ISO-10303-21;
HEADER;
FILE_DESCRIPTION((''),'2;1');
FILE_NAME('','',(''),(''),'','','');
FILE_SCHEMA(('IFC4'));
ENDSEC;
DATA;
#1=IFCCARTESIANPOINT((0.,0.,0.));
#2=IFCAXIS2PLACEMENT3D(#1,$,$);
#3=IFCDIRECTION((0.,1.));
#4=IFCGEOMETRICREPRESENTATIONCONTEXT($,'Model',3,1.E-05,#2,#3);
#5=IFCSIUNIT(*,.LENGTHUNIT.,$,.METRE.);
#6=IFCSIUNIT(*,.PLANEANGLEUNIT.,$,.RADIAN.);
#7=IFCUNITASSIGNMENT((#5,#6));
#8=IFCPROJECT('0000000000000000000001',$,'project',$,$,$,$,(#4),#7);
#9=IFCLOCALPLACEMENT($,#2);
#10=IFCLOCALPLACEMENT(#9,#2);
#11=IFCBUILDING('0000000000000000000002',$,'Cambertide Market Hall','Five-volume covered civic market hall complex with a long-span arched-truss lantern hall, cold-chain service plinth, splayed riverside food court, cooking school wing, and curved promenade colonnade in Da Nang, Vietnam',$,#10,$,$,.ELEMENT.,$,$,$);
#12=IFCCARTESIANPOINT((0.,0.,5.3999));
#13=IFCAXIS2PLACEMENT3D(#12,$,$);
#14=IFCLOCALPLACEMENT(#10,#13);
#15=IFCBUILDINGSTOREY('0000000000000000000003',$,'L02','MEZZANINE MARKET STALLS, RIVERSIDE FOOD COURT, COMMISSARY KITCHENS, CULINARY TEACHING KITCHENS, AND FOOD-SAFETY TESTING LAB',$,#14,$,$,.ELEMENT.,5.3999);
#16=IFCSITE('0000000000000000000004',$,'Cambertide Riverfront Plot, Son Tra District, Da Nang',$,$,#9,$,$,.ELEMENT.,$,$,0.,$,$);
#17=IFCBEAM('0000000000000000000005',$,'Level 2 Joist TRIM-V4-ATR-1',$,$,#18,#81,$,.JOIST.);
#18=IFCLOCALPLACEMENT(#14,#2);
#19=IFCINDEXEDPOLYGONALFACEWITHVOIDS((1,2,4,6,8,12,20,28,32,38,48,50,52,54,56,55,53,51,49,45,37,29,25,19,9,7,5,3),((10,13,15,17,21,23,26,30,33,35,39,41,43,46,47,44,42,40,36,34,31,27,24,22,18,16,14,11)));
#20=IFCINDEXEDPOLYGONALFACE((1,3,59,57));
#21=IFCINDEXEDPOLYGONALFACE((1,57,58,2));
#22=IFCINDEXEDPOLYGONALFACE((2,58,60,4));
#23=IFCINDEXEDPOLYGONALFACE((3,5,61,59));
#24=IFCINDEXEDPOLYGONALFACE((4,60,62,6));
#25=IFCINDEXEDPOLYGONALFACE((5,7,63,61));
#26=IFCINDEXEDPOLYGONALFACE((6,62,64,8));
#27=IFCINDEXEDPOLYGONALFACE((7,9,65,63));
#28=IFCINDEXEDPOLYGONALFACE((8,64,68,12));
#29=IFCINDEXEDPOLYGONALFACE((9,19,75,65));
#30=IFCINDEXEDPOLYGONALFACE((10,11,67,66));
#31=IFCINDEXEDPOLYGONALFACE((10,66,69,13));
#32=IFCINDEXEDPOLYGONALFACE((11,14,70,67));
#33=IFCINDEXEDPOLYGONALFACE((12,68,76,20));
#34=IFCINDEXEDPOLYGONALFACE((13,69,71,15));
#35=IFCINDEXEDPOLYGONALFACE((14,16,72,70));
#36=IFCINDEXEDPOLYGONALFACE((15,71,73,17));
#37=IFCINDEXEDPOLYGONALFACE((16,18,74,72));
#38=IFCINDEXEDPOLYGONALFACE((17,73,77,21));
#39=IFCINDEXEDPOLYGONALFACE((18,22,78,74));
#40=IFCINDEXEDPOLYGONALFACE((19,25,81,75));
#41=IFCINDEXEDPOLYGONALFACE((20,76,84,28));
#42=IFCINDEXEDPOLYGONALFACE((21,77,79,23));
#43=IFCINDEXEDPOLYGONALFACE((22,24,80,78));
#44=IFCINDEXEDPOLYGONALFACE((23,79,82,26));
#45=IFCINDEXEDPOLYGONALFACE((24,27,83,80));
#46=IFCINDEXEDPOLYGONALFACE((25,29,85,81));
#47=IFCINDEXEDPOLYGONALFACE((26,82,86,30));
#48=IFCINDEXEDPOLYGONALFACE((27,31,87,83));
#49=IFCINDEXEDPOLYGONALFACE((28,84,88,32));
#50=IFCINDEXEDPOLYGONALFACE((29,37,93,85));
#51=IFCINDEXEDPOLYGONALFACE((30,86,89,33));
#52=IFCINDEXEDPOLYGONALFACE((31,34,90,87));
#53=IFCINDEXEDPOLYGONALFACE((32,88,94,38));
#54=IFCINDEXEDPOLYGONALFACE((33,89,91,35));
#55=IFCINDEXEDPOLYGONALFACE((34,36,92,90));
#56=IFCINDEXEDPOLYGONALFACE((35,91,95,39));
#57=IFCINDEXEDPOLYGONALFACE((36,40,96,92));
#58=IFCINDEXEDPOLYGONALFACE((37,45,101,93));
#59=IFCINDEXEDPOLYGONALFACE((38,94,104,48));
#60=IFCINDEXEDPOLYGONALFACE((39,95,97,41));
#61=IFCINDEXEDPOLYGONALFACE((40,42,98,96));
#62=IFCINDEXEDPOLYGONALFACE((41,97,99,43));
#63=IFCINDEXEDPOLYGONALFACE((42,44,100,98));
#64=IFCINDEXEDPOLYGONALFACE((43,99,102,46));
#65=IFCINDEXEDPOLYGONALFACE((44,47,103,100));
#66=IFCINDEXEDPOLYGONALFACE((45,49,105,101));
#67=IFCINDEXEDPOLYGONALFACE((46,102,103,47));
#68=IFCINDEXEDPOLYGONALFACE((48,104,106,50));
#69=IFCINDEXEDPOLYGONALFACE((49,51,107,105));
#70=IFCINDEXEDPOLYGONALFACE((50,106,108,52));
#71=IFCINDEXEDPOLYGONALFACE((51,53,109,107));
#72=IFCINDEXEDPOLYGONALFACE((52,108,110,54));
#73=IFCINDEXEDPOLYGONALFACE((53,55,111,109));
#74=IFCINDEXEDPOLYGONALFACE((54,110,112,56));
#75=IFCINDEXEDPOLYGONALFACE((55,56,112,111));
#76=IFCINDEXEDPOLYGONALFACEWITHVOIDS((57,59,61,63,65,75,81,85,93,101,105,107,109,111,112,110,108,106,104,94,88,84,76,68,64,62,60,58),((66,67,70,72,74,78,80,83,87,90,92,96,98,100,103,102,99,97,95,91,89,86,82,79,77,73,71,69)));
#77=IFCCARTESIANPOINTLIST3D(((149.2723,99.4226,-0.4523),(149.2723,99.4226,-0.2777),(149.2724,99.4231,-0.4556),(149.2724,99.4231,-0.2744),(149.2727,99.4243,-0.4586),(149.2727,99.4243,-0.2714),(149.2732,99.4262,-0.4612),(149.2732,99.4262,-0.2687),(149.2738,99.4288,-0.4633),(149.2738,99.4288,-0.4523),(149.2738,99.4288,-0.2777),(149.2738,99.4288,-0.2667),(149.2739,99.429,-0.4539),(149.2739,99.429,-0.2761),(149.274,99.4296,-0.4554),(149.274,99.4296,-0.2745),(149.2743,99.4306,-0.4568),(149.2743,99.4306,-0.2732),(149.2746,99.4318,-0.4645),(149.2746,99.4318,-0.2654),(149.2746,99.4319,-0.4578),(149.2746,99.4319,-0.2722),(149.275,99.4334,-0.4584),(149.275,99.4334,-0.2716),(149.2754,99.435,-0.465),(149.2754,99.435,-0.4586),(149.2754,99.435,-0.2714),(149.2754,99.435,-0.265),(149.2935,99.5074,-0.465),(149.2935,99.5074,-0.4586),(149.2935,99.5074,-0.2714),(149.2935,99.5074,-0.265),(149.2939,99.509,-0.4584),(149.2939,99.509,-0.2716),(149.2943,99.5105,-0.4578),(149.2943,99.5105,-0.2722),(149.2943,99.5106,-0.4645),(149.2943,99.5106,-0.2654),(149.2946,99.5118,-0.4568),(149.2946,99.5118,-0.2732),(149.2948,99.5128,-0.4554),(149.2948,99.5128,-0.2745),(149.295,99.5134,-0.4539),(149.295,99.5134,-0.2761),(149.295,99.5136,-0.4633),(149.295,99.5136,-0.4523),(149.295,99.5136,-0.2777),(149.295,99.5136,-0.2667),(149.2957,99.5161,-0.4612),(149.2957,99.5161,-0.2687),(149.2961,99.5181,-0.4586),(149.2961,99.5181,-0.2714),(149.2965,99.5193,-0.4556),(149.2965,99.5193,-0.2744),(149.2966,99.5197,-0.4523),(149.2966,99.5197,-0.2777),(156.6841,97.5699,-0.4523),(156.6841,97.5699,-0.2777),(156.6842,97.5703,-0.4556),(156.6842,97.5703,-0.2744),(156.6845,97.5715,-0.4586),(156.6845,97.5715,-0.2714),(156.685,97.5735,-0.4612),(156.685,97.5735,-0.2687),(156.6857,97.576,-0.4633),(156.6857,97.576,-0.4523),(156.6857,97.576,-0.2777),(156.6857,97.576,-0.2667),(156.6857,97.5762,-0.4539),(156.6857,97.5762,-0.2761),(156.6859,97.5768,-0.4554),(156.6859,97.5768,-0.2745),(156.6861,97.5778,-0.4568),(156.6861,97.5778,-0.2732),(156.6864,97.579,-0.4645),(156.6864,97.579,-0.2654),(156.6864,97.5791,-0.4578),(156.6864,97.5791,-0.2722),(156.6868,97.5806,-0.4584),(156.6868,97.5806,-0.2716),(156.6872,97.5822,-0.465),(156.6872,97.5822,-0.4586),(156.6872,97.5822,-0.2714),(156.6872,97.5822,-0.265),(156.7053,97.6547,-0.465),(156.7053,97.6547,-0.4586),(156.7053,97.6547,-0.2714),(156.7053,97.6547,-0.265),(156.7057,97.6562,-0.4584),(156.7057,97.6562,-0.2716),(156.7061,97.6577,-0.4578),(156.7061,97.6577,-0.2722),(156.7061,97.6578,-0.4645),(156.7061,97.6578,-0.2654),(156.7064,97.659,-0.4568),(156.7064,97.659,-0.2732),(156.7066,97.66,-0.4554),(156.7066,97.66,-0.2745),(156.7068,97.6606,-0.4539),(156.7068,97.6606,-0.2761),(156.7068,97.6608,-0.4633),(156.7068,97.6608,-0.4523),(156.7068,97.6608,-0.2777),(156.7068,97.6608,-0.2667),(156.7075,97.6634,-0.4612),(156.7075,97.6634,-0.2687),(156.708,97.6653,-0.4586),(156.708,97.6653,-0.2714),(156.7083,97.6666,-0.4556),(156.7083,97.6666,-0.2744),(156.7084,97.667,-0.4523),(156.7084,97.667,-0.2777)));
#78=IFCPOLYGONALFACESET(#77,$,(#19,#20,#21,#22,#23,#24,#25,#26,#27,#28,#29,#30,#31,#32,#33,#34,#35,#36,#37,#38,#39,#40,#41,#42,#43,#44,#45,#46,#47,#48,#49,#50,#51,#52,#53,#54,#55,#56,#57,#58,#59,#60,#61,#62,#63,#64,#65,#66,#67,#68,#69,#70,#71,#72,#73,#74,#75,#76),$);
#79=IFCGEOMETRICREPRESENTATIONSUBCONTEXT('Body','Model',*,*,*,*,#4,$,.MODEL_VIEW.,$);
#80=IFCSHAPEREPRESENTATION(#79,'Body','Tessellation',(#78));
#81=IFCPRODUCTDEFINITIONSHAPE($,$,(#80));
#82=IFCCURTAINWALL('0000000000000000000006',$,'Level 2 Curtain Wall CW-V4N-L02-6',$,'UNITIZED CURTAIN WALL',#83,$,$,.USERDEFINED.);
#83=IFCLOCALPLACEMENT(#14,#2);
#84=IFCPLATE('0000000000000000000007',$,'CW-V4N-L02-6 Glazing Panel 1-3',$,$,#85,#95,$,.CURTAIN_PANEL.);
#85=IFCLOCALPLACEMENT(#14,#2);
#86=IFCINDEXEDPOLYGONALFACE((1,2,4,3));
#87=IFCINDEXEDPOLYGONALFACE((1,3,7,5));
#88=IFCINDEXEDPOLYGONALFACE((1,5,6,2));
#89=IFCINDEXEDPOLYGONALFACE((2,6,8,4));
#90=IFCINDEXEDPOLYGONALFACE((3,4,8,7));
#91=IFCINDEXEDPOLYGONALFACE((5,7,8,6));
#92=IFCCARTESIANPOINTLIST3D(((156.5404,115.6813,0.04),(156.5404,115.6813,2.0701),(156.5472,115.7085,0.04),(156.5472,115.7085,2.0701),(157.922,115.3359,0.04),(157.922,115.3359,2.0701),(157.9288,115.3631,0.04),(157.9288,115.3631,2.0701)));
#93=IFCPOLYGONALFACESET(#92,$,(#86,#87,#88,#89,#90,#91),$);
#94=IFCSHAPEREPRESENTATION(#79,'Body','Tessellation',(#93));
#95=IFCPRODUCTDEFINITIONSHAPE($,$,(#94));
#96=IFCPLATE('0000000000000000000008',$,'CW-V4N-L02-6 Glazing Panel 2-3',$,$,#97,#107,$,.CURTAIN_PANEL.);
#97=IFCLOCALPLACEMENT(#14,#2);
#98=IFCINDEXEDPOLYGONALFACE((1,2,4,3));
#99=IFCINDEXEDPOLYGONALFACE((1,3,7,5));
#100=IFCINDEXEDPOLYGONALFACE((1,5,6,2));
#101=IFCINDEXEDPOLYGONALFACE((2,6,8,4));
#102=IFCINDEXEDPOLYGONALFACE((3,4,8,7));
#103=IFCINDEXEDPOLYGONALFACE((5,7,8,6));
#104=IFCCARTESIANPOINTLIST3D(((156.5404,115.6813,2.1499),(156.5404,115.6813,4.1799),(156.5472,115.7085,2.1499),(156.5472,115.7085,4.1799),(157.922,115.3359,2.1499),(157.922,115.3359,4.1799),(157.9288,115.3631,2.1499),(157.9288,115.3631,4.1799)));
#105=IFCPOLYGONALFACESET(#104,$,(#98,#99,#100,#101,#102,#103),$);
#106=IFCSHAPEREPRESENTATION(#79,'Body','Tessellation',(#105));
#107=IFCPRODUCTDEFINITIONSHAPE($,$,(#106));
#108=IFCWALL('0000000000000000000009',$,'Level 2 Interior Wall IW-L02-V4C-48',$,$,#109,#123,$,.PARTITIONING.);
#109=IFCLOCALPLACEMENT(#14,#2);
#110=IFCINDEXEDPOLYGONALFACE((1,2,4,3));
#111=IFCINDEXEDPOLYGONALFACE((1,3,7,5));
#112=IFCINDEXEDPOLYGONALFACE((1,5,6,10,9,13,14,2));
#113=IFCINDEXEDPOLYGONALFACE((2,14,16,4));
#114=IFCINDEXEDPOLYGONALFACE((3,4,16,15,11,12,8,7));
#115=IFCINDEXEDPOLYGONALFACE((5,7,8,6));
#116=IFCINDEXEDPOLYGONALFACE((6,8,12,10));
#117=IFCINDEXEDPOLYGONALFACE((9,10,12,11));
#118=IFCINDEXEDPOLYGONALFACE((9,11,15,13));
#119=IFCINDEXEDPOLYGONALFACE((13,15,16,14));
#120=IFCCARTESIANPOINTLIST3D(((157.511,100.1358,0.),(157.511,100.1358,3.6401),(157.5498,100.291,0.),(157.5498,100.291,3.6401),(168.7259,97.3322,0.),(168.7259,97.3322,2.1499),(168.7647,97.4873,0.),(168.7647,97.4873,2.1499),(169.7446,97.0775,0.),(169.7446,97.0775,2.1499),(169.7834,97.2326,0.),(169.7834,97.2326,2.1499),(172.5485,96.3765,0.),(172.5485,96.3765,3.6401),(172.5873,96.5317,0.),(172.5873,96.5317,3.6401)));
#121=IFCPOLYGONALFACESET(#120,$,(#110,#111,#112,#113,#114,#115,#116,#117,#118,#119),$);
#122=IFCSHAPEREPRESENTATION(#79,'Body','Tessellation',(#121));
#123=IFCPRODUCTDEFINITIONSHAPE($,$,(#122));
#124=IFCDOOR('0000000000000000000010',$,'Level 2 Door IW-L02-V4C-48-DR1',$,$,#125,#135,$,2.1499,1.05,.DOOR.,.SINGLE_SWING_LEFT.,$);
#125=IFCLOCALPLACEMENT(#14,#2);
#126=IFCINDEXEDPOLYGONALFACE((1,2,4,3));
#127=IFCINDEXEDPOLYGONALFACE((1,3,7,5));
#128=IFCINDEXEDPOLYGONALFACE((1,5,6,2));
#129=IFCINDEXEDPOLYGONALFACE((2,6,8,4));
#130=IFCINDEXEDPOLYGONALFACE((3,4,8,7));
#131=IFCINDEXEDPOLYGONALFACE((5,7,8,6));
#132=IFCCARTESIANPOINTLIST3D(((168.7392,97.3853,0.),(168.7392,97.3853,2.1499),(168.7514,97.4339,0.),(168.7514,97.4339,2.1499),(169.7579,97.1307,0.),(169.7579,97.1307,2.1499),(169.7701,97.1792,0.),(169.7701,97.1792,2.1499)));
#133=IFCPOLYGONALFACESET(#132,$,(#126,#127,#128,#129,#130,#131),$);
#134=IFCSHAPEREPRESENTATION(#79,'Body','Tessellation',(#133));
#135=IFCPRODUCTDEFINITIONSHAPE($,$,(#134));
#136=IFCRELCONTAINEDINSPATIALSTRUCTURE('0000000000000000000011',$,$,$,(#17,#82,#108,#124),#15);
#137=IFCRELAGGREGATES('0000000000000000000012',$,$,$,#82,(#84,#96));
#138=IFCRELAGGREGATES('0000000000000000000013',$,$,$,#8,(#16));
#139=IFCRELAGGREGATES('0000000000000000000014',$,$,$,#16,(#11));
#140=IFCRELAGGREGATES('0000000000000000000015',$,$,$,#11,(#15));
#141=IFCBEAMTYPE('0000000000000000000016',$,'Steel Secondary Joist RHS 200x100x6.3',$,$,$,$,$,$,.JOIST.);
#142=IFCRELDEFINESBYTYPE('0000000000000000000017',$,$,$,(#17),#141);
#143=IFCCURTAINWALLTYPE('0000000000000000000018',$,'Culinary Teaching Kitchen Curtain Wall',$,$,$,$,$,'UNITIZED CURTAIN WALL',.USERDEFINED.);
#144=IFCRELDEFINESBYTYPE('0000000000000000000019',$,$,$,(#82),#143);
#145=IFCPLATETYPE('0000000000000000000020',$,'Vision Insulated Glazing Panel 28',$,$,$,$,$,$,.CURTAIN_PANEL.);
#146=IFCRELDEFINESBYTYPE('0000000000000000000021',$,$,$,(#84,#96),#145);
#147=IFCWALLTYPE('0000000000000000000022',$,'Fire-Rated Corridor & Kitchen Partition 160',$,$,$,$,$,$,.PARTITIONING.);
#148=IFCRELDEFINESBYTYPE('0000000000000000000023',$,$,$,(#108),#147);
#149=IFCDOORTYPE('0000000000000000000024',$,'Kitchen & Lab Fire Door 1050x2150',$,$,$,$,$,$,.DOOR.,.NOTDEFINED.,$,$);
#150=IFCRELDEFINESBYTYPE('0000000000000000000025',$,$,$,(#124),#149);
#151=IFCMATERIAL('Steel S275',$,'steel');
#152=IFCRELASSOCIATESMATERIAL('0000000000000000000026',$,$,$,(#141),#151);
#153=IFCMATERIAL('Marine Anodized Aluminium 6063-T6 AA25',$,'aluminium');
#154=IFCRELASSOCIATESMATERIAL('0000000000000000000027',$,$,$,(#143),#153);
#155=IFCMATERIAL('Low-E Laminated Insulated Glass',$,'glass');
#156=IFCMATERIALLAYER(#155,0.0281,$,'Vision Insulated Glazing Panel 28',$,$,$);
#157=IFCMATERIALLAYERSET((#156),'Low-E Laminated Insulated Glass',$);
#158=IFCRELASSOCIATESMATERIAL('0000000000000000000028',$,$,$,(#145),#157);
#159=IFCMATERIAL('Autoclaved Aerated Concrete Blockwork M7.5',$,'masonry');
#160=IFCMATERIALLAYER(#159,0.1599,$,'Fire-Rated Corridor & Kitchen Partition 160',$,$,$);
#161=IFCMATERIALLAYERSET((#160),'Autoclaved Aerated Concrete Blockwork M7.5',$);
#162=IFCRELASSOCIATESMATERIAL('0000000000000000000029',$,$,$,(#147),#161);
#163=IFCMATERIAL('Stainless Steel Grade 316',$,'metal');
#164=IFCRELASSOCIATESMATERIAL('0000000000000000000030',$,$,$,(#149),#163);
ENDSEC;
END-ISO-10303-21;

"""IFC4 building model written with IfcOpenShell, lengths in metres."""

from ifc_helpers import new_model, si_unit, direction, frame, frame_2d, origin, origin_2d, place, context, subcontext, project, spatial, rectangle, hollow_rectangle, extrude, material, layer, layer_set, material_profile, profile_set, type_object, element, fill, aggregate, save


model = new_model("IFC4")

# Units and contexts
model_context = context("Model", 3, precision=1e-05, world=origin(), true_north=direction((0.0, 1.0)))
body_context = subcontext(model_context, "Body", "Model", "MODEL_VIEW")
ifc_project = project(units=[si_unit("LENGTHUNIT", "METRE"), si_unit("PLANEANGLEUNIT", "RADIAN")], contexts=[model_context])

# Site, building, storey
site_placement = place(None, origin())
site = spatial("IfcSite", under=ifc_project, at=site_placement, Name="Cambertide Riverfront Plot, Son Tra District, Da Nang", CompositionType="ELEMENT", RefElevation=0.0)
building_placement = place(site_placement, origin())
building = spatial("IfcBuilding", under=site, at=building_placement, Name="Cambertide Market Hall", Description="Five-volume covered civic market hall complex with a long-span arched-truss lantern hall, cold-chain service plinth, splayed riverside food court, cooking school wing, and curved promenade colonnade in Da Nang, Vietnam", CompositionType="ELEMENT")
storey_placement = place(building_placement, frame((0.0, 0.0, 5.3999)))
storey = spatial("IfcBuildingStorey", under=building, at=storey_placement, Name="L02", Description="MEZZANINE MARKET STALLS, RIVERSIDE FOOD COURT, COMMISSARY KITCHENS, CULINARY TEACHING KITCHENS, AND FOOD-SAFETY TESTING LAB", CompositionType="ELEMENT", Elevation=5.3999)

# Beam
ifc_material_1 = material(Name="Steel S275", Category="steel")
ifc_material_profile_1 = material_profile(ifc_material_1, hollow_rectangle(XDim=0.1001, YDim=0.2, WallThickness=0.0063, InnerFilletRadius=0.0063, OuterFilletRadius=0.0127, at=origin_2d()), Name="RHS 200x100x6.3")
ifc_profile_set_1 = profile_set([ifc_material_profile_1], Name="Steel S275")
beam_type_1 = type_object("IfcBeamType", Name="Steel Secondary Joist RHS 200x100x6.3", PredefinedType="JOIST", material=ifc_profile_set_1)
beam_1_placement = place(storey_placement, frame((149.2844, 99.4712, -0.365), z_axis=(0.970148, -0.242513, 0.0), x_axis=(0.242513, 0.970148, 0.0)))
element("IfcBeam", 1, at=beam_1_placement, inside=storey, type_object=beam_type_1, Name="Level 2 Joist TRIM-V4-ATR-1", PredefinedType="JOIST", context=body_context, shape_type="SweptSolid", body=[
    extrude(hollow_rectangle(XDim=0.1001, YDim=0.2, WallThickness=0.0063, InnerFilletRadius=0.0063, OuterFilletRadius=0.0127, at=origin_2d()), origin(), (0.0, 0.0, 1.0), 7.6399),
])

# Curtain wall, plates
ifc_material_2 = material(Name="Marine Anodized Aluminium 6063-T6 AA25", Category="aluminium")
curtain_wall_type = type_object("IfcCurtainWallType", Name="Culinary Teaching Kitchen Curtain Wall", ElementType="UNITIZED CURTAIN WALL", PredefinedType="USERDEFINED", material=ifc_material_2)
curtain_wall_placement = place(storey_placement, origin())
curtain_wall = element("IfcCurtainWall", 2, at=curtain_wall_placement, inside=storey, type_object=curtain_wall_type, Name="Level 2 Curtain Wall CW-V4N-L02-6", ObjectType="UNITIZED CURTAIN WALL", PredefinedType="USERDEFINED")
ifc_material_3 = material(Name="Low-E Laminated Insulated Glass", Category="glass")
ifc_layer_1 = layer(ifc_material_3, 0.0281, Name="Vision Insulated Glazing Panel 28")
ifc_layer_set_1 = layer_set([ifc_layer_1], Name="Low-E Laminated Insulated Glass")
plate_type = type_object("IfcPlateType", Name="Vision Insulated Glazing Panel 28", PredefinedType="CURTAIN_PANEL", material=ifc_layer_set_1)
plate_1_placement = place(storey_placement, frame((157.2346, 115.5222, 0.04), z_axis=(0.0, 0.0, 1.0), x_axis=(0.970143, -0.242536, 0.0)))
plate_1 = element("IfcPlate", 3, at=plate_1_placement, type_object=plate_type, Name="CW-V4N-L02-6 Glazing Panel 1-3", PredefinedType="CURTAIN_PANEL", context=body_context, shape_type="SweptSolid", body=[
    extrude(rectangle(XDim=1.4241, YDim=0.0281, at=origin_2d()), origin(), (0.0, 0.0, 1.0), 2.03),
])
plate_2_placement = place(storey_placement, frame((157.2346, 115.5222, 2.1499), z_axis=(0.0, 0.0, 1.0), x_axis=(0.970143, -0.242536, 0.0)))
plate_2 = element("IfcPlate", 4, at=plate_2_placement, type_object=plate_type, Name="CW-V4N-L02-6 Glazing Panel 2-3", PredefinedType="CURTAIN_PANEL", context=body_context, shape_type="SweptSolid", body=[
    extrude(rectangle(XDim=1.4241, YDim=0.0281, at=origin_2d()), origin(), (0.0, 0.0, 1.0), 2.03),
])
aggregate(curtain_wall, [plate_1, plate_2])

# Wall, opening, door
ifc_material_4 = material(Name="Autoclaved Aerated Concrete Blockwork M7.5", Category="masonry")
ifc_layer_2 = layer(ifc_material_4, 0.1599, Name="Fire-Rated Corridor & Kitchen Partition 160")
ifc_layer_set_2 = layer_set([ifc_layer_2], Name="Autoclaved Aerated Concrete Blockwork M7.5")
wall_type_1 = type_object("IfcWallType", Name="Fire-Rated Corridor & Kitchen Partition 160", PredefinedType="PARTITIONING", material=ifc_layer_set_2)
wall_1_placement = place(storey_placement, frame((157.5305, 100.2134, 0.0), z_axis=(0.0, 0.0, 1.0), x_axis=(0.970143, -0.242532, 0.0)))
wall_1 = element("IfcWall", 5, at=wall_1_placement, inside=storey, type_object=wall_type_1, Name="Level 2 Interior Wall IW-L02-V4C-48", PredefinedType="PARTITIONING", context=body_context, shape_type="SweptSolid", body=[
    extrude(rectangle(XDim=15.5002, YDim=0.1599, at=frame_2d((7.75, 0.0))), origin(), (0.0, 0.0, 1.0), 3.6401),
])
opening_1_placement = place(wall_1_placement, frame((11.5601, 0.0, 0.0)))
opening_1 = element("IfcOpeningElement", 6, at=opening_1_placement, cuts=wall_1, PredefinedType="OPENING", context=body_context, shape_type="SweptSolid", body=[
    extrude(rectangle(XDim=1.05, YDim=2.1499, at=frame_2d((0.5249, 1.075))), frame((0.0, 0.0898, 0.0), z_axis=(0.0, -1.0, 0.0), x_axis=(1.0, 0.0, 0.0)), (0.0, 0.0, 1.0), 0.1799),
])
ifc_material_5 = material(Name="Stainless Steel Grade 316", Category="metal")
door_type_1 = type_object("IfcDoorType", Name="Kitchen & Lab Fire Door 1050x2150", OperationType="NOTDEFINED", PredefinedType="DOOR", material=ifc_material_5)
door_1_placement = place(opening_1_placement, origin())
door_1 = element("IfcDoor", 7, at=door_1_placement, inside=storey, type_object=door_type_1, Name="Level 2 Door IW-L02-V4C-48-DR1", OperationType="SINGLE_SWING_LEFT", OverallHeight=2.1499, OverallWidth=1.05, PredefinedType="DOOR", context=body_context, shape_type="SweptSolid", body=[
    extrude(rectangle(XDim=1.05, YDim=2.1499, at=frame_2d((0.5249, 1.075))), frame((0.0, 0.0249, 0.0), z_axis=(0.0, -1.0, 0.0), x_axis=(1.0, 0.0, 0.0)), (0.0, 0.0, 1.0), 0.05),
])
fill(opening_1, door_1)

save(model, "model.ifc")
